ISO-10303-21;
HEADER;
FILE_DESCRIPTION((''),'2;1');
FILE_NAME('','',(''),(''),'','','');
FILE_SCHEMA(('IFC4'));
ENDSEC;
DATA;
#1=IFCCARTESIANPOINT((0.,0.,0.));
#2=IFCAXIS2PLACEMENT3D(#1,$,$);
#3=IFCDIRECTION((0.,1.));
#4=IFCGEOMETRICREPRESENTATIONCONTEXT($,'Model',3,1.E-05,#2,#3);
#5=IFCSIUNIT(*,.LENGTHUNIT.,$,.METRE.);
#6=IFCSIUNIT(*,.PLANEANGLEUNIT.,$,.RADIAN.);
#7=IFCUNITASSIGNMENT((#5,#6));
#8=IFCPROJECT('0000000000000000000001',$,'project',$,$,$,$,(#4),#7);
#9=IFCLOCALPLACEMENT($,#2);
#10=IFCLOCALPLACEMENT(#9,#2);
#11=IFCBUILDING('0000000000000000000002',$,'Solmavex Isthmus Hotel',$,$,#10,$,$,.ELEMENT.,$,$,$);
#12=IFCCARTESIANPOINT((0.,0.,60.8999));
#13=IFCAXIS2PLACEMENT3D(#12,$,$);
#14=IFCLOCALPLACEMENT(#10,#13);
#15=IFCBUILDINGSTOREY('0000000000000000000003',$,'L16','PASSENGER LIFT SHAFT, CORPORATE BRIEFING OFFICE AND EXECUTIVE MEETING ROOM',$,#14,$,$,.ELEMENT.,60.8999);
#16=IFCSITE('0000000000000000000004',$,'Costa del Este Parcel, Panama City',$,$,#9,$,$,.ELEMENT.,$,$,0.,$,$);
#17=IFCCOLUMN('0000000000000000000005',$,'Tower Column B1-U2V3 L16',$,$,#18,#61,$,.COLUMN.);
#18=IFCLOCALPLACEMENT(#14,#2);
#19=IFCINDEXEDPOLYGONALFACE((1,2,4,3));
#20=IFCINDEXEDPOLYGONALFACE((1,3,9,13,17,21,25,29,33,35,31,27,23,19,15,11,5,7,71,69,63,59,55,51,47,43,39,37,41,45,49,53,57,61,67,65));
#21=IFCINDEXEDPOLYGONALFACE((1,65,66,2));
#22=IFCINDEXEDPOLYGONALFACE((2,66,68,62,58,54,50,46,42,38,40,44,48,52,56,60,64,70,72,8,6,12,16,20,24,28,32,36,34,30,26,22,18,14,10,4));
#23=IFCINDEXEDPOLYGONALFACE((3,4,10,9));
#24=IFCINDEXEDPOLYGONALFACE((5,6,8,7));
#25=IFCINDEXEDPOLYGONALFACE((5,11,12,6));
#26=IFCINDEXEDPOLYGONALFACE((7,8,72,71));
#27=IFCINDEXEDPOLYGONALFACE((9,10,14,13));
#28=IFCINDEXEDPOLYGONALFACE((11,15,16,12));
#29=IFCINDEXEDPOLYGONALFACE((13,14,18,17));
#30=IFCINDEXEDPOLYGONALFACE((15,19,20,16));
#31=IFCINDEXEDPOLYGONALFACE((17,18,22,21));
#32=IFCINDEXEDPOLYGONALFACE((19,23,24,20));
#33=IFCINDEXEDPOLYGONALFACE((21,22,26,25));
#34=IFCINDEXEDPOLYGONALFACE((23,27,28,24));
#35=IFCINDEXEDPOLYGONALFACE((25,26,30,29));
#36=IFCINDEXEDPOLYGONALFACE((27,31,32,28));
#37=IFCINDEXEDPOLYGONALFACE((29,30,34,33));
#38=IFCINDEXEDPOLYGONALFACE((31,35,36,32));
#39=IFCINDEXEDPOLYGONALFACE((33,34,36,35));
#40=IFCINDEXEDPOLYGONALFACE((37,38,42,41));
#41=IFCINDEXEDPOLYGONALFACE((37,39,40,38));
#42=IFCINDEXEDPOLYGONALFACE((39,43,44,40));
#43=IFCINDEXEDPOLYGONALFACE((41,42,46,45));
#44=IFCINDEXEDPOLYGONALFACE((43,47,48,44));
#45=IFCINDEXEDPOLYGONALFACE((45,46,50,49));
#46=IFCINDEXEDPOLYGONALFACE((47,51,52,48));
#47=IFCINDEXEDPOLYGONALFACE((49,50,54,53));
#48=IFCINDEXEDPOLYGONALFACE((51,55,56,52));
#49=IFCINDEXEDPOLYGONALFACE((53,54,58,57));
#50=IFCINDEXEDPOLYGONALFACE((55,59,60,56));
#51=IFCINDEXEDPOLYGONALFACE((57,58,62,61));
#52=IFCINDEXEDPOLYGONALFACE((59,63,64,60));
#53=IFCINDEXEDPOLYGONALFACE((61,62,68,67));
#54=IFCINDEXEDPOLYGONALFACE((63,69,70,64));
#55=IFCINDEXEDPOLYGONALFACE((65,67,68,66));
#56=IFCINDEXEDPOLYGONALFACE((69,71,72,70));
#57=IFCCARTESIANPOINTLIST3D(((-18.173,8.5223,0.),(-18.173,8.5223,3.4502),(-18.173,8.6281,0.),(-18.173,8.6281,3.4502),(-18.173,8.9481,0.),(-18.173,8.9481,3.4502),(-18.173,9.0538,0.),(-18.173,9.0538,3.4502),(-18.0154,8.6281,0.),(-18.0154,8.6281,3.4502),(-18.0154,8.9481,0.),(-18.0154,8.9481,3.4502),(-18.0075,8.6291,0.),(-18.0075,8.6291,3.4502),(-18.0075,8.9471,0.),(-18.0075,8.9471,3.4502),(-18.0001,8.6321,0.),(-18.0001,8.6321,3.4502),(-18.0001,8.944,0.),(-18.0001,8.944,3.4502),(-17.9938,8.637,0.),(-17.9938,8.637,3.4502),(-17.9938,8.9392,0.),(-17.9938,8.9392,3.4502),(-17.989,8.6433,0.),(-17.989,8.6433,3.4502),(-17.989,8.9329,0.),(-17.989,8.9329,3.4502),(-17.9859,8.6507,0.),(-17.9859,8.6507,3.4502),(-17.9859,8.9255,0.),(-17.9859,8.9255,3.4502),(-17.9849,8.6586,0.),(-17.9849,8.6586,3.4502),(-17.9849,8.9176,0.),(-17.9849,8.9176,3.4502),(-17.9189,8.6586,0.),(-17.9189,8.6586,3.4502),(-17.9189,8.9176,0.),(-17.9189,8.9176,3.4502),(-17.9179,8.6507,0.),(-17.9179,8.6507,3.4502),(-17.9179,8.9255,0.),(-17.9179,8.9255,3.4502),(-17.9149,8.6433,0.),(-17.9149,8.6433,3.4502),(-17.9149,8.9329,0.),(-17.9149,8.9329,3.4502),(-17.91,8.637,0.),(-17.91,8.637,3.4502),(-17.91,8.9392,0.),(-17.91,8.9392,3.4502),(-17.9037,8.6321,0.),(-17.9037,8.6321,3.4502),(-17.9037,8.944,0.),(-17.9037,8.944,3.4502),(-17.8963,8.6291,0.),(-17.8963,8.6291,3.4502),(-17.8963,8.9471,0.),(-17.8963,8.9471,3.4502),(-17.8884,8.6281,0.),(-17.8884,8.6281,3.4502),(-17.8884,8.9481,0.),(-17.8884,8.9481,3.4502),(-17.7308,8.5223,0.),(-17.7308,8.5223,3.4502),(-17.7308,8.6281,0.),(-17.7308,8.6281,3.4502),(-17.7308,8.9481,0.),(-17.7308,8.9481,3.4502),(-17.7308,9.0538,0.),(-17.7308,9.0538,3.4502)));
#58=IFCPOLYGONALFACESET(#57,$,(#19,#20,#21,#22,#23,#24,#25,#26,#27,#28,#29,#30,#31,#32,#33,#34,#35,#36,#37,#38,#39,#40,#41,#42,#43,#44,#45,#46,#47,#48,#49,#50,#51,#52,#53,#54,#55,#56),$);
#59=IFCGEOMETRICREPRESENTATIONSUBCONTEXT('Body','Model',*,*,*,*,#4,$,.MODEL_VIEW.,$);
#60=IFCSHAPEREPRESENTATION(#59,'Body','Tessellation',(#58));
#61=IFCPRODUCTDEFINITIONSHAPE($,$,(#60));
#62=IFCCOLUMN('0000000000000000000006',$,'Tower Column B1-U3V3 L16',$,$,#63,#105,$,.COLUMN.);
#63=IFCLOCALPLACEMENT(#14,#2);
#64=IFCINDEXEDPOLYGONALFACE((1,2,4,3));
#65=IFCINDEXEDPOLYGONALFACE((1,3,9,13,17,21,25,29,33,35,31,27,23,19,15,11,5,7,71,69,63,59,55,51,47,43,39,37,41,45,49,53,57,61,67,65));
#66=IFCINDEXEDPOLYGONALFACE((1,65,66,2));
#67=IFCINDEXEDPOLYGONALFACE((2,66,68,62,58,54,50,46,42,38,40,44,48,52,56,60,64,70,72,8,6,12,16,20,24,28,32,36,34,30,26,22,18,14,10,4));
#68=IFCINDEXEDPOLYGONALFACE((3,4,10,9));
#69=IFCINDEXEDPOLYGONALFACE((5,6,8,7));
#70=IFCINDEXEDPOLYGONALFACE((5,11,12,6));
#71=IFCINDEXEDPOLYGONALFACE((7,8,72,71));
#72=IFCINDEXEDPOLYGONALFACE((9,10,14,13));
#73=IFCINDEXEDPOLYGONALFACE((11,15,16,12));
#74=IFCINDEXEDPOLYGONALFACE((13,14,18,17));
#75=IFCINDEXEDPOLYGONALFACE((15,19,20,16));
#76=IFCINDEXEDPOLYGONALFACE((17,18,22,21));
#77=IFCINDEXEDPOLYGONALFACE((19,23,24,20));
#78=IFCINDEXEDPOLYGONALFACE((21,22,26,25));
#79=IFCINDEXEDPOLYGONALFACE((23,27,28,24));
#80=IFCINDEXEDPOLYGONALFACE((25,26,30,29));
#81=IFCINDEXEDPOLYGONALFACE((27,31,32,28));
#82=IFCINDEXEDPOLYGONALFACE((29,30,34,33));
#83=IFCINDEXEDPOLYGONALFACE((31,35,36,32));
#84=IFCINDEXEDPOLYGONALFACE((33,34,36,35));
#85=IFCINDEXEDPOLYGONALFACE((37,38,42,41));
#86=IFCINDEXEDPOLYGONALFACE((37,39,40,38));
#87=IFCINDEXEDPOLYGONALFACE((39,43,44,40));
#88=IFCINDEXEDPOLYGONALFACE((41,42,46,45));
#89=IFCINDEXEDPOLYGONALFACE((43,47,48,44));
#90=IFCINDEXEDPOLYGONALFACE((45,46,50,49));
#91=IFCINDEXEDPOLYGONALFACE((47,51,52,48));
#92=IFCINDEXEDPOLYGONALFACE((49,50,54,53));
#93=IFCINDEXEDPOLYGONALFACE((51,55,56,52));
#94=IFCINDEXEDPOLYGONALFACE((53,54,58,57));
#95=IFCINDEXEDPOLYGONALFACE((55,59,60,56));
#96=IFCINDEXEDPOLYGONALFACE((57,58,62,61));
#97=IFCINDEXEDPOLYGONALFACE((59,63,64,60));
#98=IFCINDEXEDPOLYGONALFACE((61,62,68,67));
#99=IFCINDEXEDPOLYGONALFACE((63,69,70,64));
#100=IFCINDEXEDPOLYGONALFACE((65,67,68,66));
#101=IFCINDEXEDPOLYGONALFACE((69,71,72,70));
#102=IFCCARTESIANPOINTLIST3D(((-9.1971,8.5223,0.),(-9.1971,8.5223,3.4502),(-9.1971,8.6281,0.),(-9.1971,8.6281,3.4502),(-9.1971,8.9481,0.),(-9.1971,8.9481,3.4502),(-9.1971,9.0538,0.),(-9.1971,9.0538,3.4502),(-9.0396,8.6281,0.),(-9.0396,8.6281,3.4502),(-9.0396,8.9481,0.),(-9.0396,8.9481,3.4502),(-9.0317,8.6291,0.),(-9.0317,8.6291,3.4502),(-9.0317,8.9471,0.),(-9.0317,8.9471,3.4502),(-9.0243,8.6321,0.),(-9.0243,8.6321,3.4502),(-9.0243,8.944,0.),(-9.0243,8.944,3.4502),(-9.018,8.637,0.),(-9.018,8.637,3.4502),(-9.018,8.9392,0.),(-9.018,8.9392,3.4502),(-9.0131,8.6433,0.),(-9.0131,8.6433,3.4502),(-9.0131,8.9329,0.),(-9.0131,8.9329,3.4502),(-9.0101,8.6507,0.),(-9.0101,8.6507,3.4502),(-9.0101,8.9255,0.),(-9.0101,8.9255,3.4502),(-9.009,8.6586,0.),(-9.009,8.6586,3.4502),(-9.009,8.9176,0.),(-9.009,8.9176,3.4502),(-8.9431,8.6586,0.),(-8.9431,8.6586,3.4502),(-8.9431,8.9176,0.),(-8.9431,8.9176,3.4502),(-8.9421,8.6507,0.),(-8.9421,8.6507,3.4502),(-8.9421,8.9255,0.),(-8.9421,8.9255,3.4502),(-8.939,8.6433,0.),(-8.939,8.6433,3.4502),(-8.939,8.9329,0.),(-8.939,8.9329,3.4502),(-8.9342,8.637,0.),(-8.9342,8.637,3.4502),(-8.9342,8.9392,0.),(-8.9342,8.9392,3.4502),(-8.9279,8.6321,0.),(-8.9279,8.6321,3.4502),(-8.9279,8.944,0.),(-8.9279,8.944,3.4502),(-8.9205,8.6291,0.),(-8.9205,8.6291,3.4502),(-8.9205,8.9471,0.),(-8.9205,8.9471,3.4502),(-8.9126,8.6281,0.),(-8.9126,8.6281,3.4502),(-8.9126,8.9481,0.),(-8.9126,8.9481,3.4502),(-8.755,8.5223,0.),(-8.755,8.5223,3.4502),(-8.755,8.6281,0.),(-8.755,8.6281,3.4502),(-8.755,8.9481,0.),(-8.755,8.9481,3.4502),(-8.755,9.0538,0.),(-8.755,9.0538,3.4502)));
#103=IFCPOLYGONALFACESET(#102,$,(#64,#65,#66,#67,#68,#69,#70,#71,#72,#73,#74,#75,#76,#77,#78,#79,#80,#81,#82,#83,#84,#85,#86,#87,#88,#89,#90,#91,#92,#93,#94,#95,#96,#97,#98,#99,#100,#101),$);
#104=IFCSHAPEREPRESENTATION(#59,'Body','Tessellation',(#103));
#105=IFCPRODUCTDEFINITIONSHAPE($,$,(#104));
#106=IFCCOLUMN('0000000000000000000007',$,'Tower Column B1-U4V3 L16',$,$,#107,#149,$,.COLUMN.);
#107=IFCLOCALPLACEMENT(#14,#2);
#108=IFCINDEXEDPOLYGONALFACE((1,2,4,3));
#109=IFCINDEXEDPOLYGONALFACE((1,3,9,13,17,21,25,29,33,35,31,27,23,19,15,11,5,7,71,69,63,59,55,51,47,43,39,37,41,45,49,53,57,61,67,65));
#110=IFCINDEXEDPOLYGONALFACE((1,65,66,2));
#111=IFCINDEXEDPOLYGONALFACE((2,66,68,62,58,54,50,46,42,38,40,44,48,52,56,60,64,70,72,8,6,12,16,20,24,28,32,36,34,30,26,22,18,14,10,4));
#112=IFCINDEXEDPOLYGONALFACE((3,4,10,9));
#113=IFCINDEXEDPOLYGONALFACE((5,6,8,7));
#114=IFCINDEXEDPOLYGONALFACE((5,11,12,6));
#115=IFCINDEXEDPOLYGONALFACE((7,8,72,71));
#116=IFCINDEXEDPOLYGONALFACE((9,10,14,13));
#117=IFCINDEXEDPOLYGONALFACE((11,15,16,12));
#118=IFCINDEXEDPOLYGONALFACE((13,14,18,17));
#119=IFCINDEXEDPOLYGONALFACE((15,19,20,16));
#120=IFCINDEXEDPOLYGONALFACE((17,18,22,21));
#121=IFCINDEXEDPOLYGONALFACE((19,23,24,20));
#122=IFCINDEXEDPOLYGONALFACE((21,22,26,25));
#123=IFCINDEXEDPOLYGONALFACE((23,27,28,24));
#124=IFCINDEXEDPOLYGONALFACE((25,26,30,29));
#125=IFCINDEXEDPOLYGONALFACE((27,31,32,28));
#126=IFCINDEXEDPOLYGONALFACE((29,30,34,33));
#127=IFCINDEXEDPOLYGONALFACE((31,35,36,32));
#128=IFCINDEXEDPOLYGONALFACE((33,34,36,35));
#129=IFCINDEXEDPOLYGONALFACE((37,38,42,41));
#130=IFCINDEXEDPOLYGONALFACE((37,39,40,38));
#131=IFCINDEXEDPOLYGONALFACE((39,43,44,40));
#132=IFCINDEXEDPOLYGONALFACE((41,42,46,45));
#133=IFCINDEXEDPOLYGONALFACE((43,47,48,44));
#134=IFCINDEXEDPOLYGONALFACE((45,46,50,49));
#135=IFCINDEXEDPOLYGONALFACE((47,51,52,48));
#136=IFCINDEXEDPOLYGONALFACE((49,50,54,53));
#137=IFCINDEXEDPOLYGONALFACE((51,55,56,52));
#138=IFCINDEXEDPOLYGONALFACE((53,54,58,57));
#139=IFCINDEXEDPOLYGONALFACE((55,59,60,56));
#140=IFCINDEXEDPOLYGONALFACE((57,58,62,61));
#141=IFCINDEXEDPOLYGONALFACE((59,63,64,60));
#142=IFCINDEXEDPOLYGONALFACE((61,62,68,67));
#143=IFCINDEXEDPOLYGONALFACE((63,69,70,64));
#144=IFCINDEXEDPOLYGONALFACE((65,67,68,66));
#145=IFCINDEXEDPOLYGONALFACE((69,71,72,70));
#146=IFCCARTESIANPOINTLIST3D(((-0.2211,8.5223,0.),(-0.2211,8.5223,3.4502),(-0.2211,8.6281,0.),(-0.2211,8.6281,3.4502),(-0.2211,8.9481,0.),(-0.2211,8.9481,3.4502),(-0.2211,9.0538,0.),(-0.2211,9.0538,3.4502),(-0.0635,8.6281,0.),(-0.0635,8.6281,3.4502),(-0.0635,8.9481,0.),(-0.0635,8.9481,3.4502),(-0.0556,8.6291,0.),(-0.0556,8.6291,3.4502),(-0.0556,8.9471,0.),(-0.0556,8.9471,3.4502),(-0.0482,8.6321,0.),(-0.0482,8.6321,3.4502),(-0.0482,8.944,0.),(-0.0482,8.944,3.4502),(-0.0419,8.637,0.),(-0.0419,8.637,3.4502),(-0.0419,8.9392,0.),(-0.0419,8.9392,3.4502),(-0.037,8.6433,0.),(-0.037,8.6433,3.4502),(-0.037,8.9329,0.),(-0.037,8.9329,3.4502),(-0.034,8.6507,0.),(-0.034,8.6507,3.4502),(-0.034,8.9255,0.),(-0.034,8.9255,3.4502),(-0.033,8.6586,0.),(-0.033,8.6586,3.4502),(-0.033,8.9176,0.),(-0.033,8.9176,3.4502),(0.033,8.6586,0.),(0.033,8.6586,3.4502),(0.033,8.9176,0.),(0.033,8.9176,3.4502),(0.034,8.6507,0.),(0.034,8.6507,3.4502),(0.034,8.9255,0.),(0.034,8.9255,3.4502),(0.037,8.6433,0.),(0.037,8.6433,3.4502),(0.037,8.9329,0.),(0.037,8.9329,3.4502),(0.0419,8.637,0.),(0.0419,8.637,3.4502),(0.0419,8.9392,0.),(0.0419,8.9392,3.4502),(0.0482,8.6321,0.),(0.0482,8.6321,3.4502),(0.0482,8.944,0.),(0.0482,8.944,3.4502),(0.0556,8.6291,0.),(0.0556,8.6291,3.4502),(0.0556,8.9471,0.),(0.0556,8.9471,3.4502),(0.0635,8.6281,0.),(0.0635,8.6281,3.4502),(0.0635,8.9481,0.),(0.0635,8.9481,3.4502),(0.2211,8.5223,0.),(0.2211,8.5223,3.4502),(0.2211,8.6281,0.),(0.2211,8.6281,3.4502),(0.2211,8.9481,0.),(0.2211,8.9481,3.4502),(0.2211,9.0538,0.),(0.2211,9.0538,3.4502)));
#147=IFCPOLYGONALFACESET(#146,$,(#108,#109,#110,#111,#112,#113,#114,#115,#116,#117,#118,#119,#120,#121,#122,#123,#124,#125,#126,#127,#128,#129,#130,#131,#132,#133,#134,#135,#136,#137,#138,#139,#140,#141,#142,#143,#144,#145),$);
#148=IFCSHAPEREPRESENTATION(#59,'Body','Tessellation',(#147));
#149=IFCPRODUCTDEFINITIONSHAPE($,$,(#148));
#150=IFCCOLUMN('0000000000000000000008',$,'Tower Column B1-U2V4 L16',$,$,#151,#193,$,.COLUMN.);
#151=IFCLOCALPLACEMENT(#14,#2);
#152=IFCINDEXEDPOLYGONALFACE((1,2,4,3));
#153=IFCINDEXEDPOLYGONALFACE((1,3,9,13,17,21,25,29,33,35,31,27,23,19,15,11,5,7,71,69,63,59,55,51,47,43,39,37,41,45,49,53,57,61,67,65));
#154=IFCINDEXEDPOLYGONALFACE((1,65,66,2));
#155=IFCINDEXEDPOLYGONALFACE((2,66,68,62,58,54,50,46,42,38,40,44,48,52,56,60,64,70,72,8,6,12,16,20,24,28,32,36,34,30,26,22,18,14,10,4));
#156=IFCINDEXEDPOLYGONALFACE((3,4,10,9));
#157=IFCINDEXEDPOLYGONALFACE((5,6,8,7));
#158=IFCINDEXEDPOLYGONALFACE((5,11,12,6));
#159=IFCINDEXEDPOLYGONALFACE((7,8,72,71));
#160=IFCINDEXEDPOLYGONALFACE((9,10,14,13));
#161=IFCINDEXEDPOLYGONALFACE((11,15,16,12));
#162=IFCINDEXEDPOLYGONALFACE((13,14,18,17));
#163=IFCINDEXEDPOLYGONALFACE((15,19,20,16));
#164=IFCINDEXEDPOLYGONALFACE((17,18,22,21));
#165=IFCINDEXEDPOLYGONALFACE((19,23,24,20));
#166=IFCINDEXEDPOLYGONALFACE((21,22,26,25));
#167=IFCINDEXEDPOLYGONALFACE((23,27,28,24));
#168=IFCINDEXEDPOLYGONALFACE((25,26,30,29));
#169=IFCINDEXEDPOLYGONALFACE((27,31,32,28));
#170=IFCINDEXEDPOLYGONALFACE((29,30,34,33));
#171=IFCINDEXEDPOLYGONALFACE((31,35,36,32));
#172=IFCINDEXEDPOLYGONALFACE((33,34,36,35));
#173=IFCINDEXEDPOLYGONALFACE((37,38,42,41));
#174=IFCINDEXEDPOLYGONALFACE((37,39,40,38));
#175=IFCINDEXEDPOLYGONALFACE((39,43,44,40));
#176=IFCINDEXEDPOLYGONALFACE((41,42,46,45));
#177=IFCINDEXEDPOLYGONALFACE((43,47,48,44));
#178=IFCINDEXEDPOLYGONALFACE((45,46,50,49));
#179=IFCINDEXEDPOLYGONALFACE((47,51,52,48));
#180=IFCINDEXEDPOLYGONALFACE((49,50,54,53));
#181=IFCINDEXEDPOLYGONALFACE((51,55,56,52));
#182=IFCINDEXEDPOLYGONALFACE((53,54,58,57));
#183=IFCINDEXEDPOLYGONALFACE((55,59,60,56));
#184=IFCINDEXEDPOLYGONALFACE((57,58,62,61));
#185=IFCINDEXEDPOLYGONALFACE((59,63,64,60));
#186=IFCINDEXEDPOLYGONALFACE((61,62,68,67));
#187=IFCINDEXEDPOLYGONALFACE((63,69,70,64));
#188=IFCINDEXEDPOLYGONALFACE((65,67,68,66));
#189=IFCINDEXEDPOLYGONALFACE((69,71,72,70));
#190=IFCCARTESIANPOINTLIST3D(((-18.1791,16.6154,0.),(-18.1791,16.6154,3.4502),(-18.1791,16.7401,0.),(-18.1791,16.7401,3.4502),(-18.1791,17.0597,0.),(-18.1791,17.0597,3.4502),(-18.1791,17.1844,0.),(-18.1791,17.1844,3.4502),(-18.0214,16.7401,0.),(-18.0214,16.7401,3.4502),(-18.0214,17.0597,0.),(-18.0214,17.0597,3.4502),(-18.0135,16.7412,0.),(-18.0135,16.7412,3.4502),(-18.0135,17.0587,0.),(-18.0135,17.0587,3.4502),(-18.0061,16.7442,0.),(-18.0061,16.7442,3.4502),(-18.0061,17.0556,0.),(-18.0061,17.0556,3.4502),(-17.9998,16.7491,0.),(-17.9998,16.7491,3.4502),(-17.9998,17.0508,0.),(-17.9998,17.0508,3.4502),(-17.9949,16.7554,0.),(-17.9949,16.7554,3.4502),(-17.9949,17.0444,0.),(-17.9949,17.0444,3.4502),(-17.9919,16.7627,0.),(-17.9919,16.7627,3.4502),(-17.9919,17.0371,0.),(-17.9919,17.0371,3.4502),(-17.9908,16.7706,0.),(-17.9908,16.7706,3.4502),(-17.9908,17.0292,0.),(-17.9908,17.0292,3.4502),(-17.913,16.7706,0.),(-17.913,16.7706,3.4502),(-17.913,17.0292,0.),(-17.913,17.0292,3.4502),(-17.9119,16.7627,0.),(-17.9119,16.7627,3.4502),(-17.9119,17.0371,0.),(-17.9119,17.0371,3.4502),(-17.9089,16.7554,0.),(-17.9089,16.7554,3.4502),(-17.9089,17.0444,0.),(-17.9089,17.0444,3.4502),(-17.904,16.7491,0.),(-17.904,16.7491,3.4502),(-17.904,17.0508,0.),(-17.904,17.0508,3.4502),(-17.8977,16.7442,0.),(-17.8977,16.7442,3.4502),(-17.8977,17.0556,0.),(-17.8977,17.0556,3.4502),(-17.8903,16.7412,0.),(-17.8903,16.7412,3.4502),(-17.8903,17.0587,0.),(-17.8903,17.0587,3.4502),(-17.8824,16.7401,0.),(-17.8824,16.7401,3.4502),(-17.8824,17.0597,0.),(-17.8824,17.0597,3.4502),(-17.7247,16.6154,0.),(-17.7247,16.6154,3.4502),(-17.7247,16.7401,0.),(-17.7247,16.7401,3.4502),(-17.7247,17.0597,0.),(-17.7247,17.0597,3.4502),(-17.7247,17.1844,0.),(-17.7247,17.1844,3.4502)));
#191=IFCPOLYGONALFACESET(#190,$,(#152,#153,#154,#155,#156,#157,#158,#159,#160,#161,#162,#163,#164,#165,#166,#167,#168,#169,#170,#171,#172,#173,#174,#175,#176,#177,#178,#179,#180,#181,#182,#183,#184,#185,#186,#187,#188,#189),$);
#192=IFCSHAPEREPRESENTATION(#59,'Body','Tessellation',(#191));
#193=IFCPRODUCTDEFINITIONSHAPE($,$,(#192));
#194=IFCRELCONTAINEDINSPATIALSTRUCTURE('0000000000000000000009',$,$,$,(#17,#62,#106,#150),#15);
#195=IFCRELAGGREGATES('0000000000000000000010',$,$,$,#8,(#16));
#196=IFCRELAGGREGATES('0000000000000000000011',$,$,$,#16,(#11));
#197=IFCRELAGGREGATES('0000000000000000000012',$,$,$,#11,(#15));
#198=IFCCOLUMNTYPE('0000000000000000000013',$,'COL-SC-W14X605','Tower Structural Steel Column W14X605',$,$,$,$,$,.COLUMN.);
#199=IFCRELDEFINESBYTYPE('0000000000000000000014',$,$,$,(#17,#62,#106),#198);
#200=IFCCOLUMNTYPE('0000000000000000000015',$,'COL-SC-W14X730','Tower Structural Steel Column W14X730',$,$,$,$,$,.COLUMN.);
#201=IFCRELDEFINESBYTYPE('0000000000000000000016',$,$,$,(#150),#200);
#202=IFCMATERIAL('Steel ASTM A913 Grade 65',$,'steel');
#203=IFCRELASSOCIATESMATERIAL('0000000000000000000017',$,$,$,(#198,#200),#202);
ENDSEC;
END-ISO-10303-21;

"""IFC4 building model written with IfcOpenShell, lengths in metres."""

from ifc_helpers import new_model, si_unit, direction, frame, origin, origin_2d, place, context, subcontext, project, spatial, i_section, extrude, material, material_profile, profile_set, type_object, element, save


model = new_model("IFC4")

# Units and contexts
model_context = context("Model", 3, precision=1e-05, world=origin(), true_north=direction((0.0, 1.0)))
body_context = subcontext(model_context, "Body", "Model", "MODEL_VIEW")
ifc_project = project(units=[si_unit("LENGTHUNIT", "METRE"), si_unit("PLANEANGLEUNIT", "RADIAN")], contexts=[model_context])

# Site, building, storey
site_placement = place(None, origin())
site = spatial("IfcSite", under=ifc_project, at=site_placement, Name="Costa del Este Parcel, Panama City", CompositionType="ELEMENT", RefElevation=0.0)
building_placement = place(site_placement, origin())
building = spatial("IfcBuilding", under=site, at=building_placement, Name="Solmavex Isthmus Hotel", CompositionType="ELEMENT")
storey_placement = place(building_placement, frame((0.0, 0.0, 60.8999)))
storey = spatial("IfcBuildingStorey", under=building, at=storey_placement, Name="L16", Description="PASSENGER LIFT SHAFT, CORPORATE BRIEFING OFFICE AND EXECUTIVE MEETING ROOM", CompositionType="ELEMENT", Elevation=60.8999)

# Columns
ifc_material_1 = material(Name="Steel ASTM A913 Grade 65", Category="steel")
ifc_material_profile_1 = material_profile(ifc_material_1, i_section(OverallWidth=0.4421, OverallDepth=0.5315, WebThickness=0.0659, FlangeThickness=0.1057, FilletRadius=0.0305, at=origin_2d()), Name="W14X605")
ifc_profile_set_1 = profile_set([ifc_material_profile_1], Name="Steel ASTM A913 Grade 65")
column_type_1 = type_object("IfcColumnType", Name="COL-SC-W14X605", Description="Tower Structural Steel Column W14X605", PredefinedType="COLUMN", material=ifc_profile_set_1)
for number, where, z_axis, x_axis, name in (
    (1, (-17.9519, 8.7881, 0.0), (0.0, 0.0, 1.0), (1.0, 0.0, 0.0), "Tower Column B1-U2V3 L16"),
    (2, (-8.9761, 8.7881, 0.0), (0.0, 0.0, 1.0), (1.0, 0.0, 0.0), "Tower Column B1-U3V3 L16"),
    (3, (0.0, 8.7881, 0.0), (0.0, 0.0, 1.0), (1.0, 0.0, 0.0), "Tower Column B1-U4V3 L16"),
):
    element("IfcColumn", number, at=place(storey_placement, frame(where, z_axis=z_axis, x_axis=x_axis)), inside=storey, type_object=column_type_1, Name=name, PredefinedType="COLUMN", context=body_context, shape_type="SweptSolid", body=[
        extrude(i_section(OverallWidth=0.4421, OverallDepth=0.5315, WebThickness=0.0659, FlangeThickness=0.1057, FilletRadius=0.0305, at=origin_2d()), origin(), (0.0, 0.0, 1.0), 3.4502),
    ])
ifc_material_profile_2 = material_profile(ifc_material_1, i_section(OverallWidth=0.4543, OverallDepth=0.5691, WebThickness=0.0779, FlangeThickness=0.1248, FilletRadius=0.0305, at=origin_2d()), Name="W14X730")
ifc_profile_set_2 = profile_set([ifc_material_profile_2], Name="Steel ASTM A913 Grade 65")
column_type_2 = type_object("IfcColumnType", Name="COL-SC-W14X730", Description="Tower Structural Steel Column W14X730", PredefinedType="COLUMN", material=ifc_profile_set_2)
for number, where, z_axis, x_axis, name in (
    (4, (-17.9519, 16.8999, 0.0), (0.0, 0.0, 1.0), (1.0, 0.0, 0.0), "Tower Column B1-U2V4 L16"),
):
    element("IfcColumn", number, at=place(storey_placement, frame(where, z_axis=z_axis, x_axis=x_axis)), inside=storey, type_object=column_type_2, Name=name, PredefinedType="COLUMN", context=body_context, shape_type="SweptSolid", body=[
        extrude(i_section(OverallWidth=0.4543, OverallDepth=0.5691, WebThickness=0.0779, FlangeThickness=0.1248, FilletRadius=0.0305, at=origin_2d()), origin(), (0.0, 0.0, 1.0), 3.4502),
    ])

save(model, "model.ifc")
